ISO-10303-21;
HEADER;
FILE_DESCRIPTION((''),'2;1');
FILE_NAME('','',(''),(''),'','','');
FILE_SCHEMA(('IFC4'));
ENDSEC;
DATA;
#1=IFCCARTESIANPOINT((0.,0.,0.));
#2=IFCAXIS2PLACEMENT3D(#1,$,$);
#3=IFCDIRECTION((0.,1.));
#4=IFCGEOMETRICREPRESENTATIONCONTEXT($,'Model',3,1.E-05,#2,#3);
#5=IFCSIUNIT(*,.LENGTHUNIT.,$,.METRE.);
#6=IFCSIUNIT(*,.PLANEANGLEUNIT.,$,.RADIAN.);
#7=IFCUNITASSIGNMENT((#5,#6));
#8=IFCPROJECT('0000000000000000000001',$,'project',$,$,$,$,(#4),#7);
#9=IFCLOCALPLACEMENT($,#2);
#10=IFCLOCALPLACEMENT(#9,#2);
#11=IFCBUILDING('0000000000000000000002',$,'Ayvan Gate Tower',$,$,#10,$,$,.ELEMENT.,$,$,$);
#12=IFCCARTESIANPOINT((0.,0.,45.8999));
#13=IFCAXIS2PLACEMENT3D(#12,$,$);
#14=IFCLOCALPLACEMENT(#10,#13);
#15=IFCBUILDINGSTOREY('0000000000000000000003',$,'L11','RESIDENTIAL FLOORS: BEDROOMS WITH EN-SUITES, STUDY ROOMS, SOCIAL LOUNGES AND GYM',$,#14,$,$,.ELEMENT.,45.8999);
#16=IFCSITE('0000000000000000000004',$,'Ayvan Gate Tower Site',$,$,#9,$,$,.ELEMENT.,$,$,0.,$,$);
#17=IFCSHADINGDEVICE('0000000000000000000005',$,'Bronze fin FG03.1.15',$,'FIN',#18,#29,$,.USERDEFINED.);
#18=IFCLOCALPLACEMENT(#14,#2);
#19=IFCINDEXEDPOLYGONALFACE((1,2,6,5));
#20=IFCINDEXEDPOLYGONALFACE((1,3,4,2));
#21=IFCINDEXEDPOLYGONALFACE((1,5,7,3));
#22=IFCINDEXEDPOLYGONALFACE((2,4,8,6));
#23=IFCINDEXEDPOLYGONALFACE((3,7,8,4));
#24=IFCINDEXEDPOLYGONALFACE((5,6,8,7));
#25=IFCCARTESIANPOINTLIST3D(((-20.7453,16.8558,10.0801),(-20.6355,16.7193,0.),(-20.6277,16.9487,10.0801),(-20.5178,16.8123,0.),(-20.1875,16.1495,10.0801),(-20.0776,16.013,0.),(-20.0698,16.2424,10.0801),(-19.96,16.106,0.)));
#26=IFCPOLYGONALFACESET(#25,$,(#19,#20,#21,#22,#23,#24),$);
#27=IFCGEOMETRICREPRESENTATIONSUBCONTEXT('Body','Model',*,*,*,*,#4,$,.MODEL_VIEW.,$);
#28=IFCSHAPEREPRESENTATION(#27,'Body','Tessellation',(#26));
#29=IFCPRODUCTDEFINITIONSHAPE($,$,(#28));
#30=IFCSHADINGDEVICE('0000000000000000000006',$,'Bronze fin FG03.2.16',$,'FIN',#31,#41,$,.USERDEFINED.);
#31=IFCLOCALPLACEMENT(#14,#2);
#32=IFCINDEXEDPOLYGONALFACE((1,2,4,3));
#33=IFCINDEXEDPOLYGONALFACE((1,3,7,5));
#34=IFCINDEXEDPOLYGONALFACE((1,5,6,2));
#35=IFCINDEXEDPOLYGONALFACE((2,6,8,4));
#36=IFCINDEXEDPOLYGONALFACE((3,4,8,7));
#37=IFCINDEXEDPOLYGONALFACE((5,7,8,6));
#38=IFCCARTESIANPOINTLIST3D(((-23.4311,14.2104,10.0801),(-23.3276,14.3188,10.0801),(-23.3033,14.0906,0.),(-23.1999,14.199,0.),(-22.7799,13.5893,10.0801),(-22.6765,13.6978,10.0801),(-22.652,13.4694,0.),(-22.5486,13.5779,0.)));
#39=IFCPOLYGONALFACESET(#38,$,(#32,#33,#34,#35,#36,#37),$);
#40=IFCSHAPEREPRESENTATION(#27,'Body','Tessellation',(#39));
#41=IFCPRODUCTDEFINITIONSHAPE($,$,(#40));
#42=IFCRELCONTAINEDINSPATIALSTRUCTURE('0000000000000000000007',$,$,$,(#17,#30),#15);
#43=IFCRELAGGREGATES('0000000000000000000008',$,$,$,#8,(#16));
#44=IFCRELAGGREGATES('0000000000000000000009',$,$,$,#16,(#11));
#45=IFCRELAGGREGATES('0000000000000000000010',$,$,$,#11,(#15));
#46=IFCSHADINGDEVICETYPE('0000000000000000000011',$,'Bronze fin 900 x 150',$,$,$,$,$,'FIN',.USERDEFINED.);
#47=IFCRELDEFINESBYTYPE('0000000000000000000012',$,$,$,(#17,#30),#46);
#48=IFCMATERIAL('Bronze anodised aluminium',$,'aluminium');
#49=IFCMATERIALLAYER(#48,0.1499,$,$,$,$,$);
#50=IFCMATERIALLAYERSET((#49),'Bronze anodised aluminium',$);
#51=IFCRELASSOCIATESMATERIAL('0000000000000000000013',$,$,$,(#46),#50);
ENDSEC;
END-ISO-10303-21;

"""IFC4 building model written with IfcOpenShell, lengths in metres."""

from ifc_helpers import new_model, si_unit, direction, frame, origin, place, context, subcontext, project, spatial, polyline, outline, extrude, material, layer, layer_set, type_object, element, save


model = new_model("IFC4")

# Units and contexts
model_context = context("Model", 3, precision=1e-05, world=origin(), true_north=direction((0.0, 1.0)))
body_context = subcontext(model_context, "Body", "Model", "MODEL_VIEW")
ifc_project = project(units=[si_unit("LENGTHUNIT", "METRE"), si_unit("PLANEANGLEUNIT", "RADIAN")], contexts=[model_context])

# Site, building, storey
site_placement = place(None, origin())
site = spatial("IfcSite", under=ifc_project, at=site_placement, Name="Ayvan Gate Tower Site", CompositionType="ELEMENT", RefElevation=0.0)
building_placement = place(site_placement, origin())
building = spatial("IfcBuilding", under=site, at=building_placement, Name="Ayvan Gate Tower", CompositionType="ELEMENT")
storey_placement = place(building_placement, frame((0.0, 0.0, 45.8999)))
storey = spatial("IfcBuildingStorey", under=building, at=storey_placement, Name="L11", Description="RESIDENTIAL FLOORS: BEDROOMS WITH EN-SUITES, STUDY ROOMS, SOCIAL LOUNGES AND GYM", CompositionType="ELEMENT", Elevation=45.8999)

# Shared definitions
ifc_material_1 = material(Name="Bronze anodised aluminium", Category="aluminium")

# Shading devices
ifc_layer_1 = layer(ifc_material_1, 0.1499)
ifc_layer_set_1 = layer_set([ifc_layer_1], Name="Bronze anodised aluminium")
shading_device_type = type_object("IfcShadingDeviceType", Name="Bronze fin 900 x 150", ElementType="FIN", PredefinedType="USERDEFINED", material=ifc_layer_set_1)
shading_device_1_placement = place(storey_placement, frame((-19.96, 16.106, 0.0), z_axis=(0.784744, 0.61982, 0.000161), x_axis=(-0.61982, 0.784744, 0.0)))
element("IfcShadingDevice", 1, at=shading_device_1_placement, inside=storey, type_object=shading_device_type, Name="Bronze fin FG03.1.15", ObjectType="FIN", PredefinedType="USERDEFINED", context=body_context, shape_type="SweptSolid", body=[
    extrude(outline(polyline([(0.0, 0.0), (0.9, 0.0), (1.0752, 10.0801), (0.1752, 10.0801), (0.0, 0.0)])), origin(), (0.0, 0.0, -1.0), 0.1499),
])
shading_device_2_placement = place(storey_placement, frame((-22.5486, 13.5779, 0.0), z_axis=(0.690156, 0.72366, 0.000145), x_axis=(-0.72366, 0.690156, 0.0)))
element("IfcShadingDevice", 2, at=shading_device_2_placement, inside=storey, type_object=shading_device_type, Name="Bronze fin FG03.2.16", ObjectType="FIN", PredefinedType="USERDEFINED", context=body_context, shape_type="SweptSolid", body=[
    extrude(outline(polyline([(0.0, 0.0), (0.9, 0.0), (1.0752, 10.0801), (0.1753, 10.0801), (0.0, 0.0)])), origin(), (0.0, 0.0, -1.0), 0.1499),
])

save(model, "model.ifc")
